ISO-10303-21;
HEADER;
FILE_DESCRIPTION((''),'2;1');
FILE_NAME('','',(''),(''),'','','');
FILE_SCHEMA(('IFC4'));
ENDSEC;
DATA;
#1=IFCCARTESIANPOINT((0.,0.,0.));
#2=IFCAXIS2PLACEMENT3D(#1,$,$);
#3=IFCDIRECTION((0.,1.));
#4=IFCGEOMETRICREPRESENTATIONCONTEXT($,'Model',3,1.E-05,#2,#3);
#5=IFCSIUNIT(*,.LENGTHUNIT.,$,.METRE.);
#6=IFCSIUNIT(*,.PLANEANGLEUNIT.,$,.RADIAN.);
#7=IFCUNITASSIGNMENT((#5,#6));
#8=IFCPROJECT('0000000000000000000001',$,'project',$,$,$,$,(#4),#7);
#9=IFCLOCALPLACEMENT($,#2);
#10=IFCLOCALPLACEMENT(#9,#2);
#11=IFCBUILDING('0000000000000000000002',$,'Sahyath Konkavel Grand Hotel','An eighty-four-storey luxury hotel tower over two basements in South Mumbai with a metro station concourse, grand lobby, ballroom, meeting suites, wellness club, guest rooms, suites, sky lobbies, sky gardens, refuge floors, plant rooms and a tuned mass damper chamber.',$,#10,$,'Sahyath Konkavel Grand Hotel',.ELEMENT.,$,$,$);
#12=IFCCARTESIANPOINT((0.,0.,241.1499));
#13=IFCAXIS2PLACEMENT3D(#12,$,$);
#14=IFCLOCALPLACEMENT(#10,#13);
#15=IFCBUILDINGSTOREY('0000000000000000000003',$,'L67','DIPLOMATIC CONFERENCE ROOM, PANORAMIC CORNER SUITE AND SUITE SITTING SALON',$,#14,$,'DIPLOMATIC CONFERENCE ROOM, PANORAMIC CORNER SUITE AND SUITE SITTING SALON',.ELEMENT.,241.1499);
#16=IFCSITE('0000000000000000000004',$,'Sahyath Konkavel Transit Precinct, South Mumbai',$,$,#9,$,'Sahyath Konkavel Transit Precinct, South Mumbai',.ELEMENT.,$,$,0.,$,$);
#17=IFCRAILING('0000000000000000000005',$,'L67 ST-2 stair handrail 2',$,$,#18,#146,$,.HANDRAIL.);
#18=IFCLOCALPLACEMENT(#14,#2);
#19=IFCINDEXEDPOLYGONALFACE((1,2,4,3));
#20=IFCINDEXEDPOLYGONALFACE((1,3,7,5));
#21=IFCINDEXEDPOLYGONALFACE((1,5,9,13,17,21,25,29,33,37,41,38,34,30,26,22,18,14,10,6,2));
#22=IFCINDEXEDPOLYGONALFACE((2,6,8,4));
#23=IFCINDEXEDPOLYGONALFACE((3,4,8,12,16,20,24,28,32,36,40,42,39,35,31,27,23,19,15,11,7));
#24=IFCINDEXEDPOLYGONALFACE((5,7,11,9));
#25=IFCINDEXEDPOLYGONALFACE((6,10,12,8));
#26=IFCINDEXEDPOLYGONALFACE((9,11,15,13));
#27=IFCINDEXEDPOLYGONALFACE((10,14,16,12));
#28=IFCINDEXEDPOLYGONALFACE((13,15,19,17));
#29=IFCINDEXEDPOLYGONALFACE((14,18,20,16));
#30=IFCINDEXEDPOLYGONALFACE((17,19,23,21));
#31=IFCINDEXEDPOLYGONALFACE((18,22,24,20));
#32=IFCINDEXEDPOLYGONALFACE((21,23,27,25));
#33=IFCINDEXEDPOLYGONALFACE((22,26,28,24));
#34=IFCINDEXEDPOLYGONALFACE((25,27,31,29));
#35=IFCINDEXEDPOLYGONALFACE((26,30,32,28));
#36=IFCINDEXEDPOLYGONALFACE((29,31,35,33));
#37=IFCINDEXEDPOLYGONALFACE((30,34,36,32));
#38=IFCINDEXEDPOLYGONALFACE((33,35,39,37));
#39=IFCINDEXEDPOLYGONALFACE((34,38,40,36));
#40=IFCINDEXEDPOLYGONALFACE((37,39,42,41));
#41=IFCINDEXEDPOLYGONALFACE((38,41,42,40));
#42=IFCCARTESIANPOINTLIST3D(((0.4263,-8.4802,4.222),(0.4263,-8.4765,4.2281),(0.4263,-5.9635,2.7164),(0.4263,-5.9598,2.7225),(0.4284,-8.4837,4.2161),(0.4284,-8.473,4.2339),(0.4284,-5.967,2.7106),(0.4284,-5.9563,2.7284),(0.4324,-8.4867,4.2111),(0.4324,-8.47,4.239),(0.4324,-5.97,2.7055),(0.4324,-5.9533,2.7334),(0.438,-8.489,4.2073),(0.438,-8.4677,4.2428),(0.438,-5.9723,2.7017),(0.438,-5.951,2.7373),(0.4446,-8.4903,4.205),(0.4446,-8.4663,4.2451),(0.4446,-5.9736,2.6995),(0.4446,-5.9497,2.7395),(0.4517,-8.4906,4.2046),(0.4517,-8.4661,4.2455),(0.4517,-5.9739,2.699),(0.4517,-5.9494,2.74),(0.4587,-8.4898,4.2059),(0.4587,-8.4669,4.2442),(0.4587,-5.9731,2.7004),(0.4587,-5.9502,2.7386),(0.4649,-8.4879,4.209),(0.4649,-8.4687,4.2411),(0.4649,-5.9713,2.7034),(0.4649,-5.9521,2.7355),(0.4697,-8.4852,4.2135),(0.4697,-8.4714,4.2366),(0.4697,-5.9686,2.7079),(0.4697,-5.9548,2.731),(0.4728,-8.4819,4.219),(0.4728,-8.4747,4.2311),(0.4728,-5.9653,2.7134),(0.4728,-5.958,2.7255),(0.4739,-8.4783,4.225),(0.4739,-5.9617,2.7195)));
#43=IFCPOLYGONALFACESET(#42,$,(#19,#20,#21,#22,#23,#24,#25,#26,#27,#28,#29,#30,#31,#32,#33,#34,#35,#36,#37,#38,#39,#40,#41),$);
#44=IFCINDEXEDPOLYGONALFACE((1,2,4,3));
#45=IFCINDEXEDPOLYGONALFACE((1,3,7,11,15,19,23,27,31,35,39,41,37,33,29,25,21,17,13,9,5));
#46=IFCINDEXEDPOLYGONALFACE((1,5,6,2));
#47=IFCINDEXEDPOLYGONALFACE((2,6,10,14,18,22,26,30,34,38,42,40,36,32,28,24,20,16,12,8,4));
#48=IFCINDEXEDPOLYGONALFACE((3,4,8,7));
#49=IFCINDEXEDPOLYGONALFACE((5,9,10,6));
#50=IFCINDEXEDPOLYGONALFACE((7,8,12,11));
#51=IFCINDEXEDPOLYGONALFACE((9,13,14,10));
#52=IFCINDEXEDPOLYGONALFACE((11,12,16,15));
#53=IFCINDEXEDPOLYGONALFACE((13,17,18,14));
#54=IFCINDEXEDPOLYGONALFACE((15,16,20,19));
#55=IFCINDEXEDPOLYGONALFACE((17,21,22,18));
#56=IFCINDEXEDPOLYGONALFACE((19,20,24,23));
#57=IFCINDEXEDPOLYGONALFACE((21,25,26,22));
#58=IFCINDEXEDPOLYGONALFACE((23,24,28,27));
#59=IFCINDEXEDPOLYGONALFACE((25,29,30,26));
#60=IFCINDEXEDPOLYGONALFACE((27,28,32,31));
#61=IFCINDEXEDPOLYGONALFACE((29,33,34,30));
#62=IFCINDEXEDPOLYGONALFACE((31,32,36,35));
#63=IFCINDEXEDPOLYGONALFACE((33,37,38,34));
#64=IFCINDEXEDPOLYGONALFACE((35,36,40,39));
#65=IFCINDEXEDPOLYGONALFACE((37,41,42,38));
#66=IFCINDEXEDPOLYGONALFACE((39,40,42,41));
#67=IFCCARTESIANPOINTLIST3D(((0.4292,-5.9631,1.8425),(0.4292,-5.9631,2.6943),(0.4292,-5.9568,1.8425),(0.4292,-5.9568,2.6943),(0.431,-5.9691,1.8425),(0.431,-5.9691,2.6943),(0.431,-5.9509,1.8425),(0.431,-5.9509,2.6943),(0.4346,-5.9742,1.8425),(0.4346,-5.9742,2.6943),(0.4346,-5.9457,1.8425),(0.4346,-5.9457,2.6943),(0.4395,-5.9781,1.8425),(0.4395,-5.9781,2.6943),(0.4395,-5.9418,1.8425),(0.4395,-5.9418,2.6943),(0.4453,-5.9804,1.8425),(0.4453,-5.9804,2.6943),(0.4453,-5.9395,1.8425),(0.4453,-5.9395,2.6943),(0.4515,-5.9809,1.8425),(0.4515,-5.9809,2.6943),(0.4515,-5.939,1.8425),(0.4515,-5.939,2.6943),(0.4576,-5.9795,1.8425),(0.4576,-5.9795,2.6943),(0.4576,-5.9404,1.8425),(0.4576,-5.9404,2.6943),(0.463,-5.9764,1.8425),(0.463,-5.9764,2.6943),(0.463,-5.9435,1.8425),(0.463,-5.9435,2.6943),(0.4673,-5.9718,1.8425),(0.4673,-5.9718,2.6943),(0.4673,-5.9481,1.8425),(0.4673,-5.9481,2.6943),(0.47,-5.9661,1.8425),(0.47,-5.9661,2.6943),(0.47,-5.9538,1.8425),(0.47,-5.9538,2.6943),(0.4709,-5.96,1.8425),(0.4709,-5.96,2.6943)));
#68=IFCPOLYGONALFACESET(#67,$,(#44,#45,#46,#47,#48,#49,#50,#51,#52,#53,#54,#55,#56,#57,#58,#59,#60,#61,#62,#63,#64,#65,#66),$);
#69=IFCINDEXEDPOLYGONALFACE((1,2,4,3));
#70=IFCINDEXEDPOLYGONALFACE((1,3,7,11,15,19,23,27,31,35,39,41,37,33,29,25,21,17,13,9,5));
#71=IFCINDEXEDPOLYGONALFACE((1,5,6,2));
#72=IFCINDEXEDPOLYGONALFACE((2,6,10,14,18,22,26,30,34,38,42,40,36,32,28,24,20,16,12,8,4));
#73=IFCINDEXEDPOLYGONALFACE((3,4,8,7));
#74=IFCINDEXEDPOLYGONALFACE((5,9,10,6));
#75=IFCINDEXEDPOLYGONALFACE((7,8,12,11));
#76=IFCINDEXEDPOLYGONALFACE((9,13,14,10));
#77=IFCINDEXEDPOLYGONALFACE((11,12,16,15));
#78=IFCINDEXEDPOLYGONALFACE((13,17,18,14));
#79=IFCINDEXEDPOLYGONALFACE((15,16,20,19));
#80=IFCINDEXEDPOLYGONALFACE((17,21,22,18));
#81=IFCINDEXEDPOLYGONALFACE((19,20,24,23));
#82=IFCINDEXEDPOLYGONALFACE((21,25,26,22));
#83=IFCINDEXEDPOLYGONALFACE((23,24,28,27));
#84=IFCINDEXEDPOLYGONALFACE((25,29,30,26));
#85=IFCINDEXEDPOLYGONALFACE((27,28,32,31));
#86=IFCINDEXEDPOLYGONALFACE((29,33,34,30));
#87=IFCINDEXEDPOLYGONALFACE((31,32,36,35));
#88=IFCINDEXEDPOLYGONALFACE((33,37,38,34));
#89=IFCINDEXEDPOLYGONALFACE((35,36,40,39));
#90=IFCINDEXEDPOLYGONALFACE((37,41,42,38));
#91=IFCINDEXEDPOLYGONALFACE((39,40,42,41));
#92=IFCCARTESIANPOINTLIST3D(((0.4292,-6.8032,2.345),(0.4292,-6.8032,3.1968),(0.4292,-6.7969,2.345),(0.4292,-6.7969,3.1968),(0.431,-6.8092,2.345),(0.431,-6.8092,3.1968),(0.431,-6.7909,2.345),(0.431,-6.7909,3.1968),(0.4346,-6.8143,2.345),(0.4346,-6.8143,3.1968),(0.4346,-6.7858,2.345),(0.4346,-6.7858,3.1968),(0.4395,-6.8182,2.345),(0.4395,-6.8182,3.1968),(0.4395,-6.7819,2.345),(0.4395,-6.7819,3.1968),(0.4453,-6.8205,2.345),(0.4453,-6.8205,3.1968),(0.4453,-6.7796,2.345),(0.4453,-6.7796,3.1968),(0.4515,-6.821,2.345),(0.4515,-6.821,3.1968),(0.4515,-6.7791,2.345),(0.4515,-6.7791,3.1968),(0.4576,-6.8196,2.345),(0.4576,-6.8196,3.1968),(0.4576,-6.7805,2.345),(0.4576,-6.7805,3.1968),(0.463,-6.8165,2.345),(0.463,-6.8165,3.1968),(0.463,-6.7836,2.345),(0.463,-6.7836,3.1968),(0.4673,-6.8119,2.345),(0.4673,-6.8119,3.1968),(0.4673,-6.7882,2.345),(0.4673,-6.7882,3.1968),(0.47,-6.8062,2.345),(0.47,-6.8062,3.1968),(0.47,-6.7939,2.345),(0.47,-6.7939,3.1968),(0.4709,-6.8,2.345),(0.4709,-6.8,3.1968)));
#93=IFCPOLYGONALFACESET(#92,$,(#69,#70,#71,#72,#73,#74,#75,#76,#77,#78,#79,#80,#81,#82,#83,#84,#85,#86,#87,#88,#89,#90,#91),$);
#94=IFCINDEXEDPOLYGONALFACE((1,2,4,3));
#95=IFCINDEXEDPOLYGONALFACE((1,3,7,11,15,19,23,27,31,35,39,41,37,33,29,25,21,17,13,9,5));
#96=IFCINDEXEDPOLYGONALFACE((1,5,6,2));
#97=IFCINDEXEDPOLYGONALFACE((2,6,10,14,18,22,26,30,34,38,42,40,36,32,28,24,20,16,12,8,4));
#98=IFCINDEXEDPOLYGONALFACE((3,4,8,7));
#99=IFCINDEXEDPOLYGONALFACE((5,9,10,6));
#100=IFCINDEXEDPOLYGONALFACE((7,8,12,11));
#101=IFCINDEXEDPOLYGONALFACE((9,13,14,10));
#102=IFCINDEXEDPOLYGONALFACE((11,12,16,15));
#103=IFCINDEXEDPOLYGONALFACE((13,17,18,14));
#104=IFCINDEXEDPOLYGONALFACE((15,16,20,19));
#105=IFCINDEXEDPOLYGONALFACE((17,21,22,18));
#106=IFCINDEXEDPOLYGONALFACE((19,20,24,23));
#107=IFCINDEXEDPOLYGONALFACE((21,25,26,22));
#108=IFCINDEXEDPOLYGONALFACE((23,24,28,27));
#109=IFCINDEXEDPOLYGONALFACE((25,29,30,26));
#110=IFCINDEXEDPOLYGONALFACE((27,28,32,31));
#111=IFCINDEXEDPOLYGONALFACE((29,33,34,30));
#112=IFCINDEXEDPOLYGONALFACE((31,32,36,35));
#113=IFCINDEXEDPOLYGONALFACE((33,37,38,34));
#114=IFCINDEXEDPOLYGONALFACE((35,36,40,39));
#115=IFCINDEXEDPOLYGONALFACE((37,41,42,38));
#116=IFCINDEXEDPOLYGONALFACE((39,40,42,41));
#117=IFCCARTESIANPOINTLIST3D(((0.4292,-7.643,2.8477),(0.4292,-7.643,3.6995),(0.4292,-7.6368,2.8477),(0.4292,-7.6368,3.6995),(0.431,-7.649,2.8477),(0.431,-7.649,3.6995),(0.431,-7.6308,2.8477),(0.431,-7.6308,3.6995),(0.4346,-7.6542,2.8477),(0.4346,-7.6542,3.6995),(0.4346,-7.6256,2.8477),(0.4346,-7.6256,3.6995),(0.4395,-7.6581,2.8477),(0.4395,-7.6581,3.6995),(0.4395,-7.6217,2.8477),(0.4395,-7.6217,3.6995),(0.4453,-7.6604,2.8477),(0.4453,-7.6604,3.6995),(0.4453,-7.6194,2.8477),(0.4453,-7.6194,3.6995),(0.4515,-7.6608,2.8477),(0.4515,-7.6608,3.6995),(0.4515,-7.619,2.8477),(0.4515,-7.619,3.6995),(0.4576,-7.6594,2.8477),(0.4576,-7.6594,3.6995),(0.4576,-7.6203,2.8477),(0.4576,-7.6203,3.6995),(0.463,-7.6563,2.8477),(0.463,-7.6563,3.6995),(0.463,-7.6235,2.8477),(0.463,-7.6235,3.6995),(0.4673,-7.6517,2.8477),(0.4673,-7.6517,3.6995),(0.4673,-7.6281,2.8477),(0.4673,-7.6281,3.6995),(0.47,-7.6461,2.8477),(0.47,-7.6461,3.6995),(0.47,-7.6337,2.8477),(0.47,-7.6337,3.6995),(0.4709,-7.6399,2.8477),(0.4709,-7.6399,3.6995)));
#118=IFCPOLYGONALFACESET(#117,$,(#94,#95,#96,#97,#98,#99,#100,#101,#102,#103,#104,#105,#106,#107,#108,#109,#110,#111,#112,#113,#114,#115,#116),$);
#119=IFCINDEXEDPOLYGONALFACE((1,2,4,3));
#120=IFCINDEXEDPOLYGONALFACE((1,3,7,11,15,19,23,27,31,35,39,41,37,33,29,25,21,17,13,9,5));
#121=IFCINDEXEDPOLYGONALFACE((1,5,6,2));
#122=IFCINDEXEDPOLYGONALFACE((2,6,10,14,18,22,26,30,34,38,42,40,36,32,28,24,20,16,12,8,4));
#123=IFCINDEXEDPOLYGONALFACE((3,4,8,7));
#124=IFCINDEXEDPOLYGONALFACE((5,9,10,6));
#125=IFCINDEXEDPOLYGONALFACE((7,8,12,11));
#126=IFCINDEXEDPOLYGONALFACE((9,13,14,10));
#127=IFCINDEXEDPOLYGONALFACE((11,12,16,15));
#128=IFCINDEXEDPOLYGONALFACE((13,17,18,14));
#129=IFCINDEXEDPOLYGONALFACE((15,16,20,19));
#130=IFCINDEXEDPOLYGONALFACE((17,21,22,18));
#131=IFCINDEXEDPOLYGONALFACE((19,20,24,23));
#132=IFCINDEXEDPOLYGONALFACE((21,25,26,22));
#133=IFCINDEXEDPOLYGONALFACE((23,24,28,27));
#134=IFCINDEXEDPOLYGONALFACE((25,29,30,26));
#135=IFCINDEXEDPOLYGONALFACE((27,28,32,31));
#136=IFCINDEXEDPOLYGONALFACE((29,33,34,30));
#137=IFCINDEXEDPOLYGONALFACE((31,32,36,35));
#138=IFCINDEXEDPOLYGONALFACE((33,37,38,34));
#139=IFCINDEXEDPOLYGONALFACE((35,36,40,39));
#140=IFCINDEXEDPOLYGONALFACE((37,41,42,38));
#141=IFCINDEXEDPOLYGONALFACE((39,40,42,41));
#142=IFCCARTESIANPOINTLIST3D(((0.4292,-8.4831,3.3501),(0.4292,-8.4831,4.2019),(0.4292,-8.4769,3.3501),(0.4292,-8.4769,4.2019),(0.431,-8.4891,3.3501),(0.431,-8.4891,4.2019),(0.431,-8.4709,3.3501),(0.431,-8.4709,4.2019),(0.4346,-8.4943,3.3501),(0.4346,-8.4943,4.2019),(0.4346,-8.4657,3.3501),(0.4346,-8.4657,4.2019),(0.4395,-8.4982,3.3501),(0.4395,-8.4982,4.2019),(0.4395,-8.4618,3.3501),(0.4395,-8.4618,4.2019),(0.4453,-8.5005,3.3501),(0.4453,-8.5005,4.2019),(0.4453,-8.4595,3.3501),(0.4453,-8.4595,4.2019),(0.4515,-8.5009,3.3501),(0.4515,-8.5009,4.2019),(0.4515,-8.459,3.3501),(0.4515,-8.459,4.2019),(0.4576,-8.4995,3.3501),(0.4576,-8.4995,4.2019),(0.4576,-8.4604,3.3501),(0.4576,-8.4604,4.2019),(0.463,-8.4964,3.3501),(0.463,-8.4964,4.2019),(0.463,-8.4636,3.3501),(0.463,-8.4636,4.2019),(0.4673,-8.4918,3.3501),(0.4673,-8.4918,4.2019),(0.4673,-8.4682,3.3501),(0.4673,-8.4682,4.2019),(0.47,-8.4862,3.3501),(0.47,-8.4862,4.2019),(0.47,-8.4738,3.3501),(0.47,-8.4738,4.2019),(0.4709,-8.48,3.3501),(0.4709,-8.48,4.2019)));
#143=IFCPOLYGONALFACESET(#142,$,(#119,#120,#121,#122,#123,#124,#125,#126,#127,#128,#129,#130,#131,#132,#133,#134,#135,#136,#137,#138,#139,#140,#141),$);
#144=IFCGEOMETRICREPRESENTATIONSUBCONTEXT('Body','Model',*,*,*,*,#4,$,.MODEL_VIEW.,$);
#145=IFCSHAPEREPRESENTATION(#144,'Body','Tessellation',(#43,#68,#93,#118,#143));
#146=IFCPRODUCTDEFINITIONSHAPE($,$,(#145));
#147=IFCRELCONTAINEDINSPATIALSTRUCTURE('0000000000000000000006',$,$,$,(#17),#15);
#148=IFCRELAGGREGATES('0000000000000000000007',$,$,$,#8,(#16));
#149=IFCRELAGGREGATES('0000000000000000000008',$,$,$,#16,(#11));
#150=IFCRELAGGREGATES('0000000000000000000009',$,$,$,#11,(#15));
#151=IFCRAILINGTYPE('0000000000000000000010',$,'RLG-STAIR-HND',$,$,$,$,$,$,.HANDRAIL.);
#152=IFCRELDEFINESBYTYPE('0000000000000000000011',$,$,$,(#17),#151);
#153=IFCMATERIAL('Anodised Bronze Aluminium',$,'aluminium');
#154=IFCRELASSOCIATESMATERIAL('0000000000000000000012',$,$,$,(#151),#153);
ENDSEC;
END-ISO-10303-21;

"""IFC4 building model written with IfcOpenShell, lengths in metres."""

from ifc_helpers import new_model, si_unit, direction, frame, origin, origin_2d, place, context, subcontext, project, spatial, circle, extrude, material, type_object, element, save


model = new_model("IFC4")

# Units and contexts
model_context = context("Model", 3, precision=1e-05, world=origin(), true_north=direction((0.0, 1.0)))
body_context = subcontext(model_context, "Body", "Model", "MODEL_VIEW")
ifc_project = project(units=[si_unit("LENGTHUNIT", "METRE"), si_unit("PLANEANGLEUNIT", "RADIAN")], contexts=[model_context])

# Site, building, storey
site_placement = place(None, origin())
site = spatial("IfcSite", under=ifc_project, at=site_placement, Name="Sahyath Konkavel Transit Precinct, South Mumbai", LongName="Sahyath Konkavel Transit Precinct, South Mumbai", CompositionType="ELEMENT", RefElevation=0.0)
building_placement = place(site_placement, origin())
building = spatial("IfcBuilding", under=site, at=building_placement, Name="Sahyath Konkavel Grand Hotel", Description="An eighty-four-storey luxury hotel tower over two basements in South Mumbai with a metro station concourse, grand lobby, ballroom, meeting suites, wellness club, guest rooms, suites, sky lobbies, sky gardens, refuge floors, plant rooms and a tuned mass damper chamber.", LongName="Sahyath Konkavel Grand Hotel", CompositionType="ELEMENT")
storey_placement = place(building_placement, frame((0.0, 0.0, 241.1499)))
storey = spatial("IfcBuildingStorey", under=building, at=storey_placement, Name="L67", Description="DIPLOMATIC CONFERENCE ROOM, PANORAMIC CORNER SUITE AND SUITE SITTING SALON", LongName="DIPLOMATIC CONFERENCE ROOM, PANORAMIC CORNER SUITE AND SUITE SITTING SALON", CompositionType="ELEMENT", Elevation=241.1499)

# Railing
ifc_material_1 = material(Name="Anodised Bronze Aluminium", Category="aluminium")
railing_type_1 = type_object("IfcRailingType", Name="RLG-STAIR-HND", PredefinedType="HANDRAIL", material=ifc_material_1)
railing_1_placement = place(storey_placement, frame((0.45, -5.96, 1.8425)))
element("IfcRailing", 1, at=railing_1_placement, inside=storey, type_object=railing_type_1, Name="L67 ST-2 stair handrail 2", PredefinedType="HANDRAIL", context=body_context, shape_type="SweptSolid", body=[
    extrude(circle(Radius=0.0239, at=origin_2d()), frame((0.0, -0.0017, 0.877), z_axis=(0.0, -0.85816, 0.513383), x_axis=(1.0, 0.0, 0.0)), (0.0, 0.0, 1.0), 2.9326),
    extrude(circle(Radius=0.021, at=origin_2d()), origin(), (0.0, 0.0, 1.0), 0.8518),
    extrude(circle(Radius=0.021, at=origin_2d()), frame((0.0, -0.8401, 0.5024)), (0.0, 0.0, 1.0), 0.8518),
    extrude(circle(Radius=0.021, at=origin_2d()), frame((0.0, -1.6799, 1.0051)), (0.0, 0.0, 1.0), 0.8518),
    extrude(circle(Radius=0.021, at=origin_2d()), frame((0.0, -2.52, 1.5076)), (0.0, 0.0, 1.0), 0.8518),
])

save(model, "model.ifc")
